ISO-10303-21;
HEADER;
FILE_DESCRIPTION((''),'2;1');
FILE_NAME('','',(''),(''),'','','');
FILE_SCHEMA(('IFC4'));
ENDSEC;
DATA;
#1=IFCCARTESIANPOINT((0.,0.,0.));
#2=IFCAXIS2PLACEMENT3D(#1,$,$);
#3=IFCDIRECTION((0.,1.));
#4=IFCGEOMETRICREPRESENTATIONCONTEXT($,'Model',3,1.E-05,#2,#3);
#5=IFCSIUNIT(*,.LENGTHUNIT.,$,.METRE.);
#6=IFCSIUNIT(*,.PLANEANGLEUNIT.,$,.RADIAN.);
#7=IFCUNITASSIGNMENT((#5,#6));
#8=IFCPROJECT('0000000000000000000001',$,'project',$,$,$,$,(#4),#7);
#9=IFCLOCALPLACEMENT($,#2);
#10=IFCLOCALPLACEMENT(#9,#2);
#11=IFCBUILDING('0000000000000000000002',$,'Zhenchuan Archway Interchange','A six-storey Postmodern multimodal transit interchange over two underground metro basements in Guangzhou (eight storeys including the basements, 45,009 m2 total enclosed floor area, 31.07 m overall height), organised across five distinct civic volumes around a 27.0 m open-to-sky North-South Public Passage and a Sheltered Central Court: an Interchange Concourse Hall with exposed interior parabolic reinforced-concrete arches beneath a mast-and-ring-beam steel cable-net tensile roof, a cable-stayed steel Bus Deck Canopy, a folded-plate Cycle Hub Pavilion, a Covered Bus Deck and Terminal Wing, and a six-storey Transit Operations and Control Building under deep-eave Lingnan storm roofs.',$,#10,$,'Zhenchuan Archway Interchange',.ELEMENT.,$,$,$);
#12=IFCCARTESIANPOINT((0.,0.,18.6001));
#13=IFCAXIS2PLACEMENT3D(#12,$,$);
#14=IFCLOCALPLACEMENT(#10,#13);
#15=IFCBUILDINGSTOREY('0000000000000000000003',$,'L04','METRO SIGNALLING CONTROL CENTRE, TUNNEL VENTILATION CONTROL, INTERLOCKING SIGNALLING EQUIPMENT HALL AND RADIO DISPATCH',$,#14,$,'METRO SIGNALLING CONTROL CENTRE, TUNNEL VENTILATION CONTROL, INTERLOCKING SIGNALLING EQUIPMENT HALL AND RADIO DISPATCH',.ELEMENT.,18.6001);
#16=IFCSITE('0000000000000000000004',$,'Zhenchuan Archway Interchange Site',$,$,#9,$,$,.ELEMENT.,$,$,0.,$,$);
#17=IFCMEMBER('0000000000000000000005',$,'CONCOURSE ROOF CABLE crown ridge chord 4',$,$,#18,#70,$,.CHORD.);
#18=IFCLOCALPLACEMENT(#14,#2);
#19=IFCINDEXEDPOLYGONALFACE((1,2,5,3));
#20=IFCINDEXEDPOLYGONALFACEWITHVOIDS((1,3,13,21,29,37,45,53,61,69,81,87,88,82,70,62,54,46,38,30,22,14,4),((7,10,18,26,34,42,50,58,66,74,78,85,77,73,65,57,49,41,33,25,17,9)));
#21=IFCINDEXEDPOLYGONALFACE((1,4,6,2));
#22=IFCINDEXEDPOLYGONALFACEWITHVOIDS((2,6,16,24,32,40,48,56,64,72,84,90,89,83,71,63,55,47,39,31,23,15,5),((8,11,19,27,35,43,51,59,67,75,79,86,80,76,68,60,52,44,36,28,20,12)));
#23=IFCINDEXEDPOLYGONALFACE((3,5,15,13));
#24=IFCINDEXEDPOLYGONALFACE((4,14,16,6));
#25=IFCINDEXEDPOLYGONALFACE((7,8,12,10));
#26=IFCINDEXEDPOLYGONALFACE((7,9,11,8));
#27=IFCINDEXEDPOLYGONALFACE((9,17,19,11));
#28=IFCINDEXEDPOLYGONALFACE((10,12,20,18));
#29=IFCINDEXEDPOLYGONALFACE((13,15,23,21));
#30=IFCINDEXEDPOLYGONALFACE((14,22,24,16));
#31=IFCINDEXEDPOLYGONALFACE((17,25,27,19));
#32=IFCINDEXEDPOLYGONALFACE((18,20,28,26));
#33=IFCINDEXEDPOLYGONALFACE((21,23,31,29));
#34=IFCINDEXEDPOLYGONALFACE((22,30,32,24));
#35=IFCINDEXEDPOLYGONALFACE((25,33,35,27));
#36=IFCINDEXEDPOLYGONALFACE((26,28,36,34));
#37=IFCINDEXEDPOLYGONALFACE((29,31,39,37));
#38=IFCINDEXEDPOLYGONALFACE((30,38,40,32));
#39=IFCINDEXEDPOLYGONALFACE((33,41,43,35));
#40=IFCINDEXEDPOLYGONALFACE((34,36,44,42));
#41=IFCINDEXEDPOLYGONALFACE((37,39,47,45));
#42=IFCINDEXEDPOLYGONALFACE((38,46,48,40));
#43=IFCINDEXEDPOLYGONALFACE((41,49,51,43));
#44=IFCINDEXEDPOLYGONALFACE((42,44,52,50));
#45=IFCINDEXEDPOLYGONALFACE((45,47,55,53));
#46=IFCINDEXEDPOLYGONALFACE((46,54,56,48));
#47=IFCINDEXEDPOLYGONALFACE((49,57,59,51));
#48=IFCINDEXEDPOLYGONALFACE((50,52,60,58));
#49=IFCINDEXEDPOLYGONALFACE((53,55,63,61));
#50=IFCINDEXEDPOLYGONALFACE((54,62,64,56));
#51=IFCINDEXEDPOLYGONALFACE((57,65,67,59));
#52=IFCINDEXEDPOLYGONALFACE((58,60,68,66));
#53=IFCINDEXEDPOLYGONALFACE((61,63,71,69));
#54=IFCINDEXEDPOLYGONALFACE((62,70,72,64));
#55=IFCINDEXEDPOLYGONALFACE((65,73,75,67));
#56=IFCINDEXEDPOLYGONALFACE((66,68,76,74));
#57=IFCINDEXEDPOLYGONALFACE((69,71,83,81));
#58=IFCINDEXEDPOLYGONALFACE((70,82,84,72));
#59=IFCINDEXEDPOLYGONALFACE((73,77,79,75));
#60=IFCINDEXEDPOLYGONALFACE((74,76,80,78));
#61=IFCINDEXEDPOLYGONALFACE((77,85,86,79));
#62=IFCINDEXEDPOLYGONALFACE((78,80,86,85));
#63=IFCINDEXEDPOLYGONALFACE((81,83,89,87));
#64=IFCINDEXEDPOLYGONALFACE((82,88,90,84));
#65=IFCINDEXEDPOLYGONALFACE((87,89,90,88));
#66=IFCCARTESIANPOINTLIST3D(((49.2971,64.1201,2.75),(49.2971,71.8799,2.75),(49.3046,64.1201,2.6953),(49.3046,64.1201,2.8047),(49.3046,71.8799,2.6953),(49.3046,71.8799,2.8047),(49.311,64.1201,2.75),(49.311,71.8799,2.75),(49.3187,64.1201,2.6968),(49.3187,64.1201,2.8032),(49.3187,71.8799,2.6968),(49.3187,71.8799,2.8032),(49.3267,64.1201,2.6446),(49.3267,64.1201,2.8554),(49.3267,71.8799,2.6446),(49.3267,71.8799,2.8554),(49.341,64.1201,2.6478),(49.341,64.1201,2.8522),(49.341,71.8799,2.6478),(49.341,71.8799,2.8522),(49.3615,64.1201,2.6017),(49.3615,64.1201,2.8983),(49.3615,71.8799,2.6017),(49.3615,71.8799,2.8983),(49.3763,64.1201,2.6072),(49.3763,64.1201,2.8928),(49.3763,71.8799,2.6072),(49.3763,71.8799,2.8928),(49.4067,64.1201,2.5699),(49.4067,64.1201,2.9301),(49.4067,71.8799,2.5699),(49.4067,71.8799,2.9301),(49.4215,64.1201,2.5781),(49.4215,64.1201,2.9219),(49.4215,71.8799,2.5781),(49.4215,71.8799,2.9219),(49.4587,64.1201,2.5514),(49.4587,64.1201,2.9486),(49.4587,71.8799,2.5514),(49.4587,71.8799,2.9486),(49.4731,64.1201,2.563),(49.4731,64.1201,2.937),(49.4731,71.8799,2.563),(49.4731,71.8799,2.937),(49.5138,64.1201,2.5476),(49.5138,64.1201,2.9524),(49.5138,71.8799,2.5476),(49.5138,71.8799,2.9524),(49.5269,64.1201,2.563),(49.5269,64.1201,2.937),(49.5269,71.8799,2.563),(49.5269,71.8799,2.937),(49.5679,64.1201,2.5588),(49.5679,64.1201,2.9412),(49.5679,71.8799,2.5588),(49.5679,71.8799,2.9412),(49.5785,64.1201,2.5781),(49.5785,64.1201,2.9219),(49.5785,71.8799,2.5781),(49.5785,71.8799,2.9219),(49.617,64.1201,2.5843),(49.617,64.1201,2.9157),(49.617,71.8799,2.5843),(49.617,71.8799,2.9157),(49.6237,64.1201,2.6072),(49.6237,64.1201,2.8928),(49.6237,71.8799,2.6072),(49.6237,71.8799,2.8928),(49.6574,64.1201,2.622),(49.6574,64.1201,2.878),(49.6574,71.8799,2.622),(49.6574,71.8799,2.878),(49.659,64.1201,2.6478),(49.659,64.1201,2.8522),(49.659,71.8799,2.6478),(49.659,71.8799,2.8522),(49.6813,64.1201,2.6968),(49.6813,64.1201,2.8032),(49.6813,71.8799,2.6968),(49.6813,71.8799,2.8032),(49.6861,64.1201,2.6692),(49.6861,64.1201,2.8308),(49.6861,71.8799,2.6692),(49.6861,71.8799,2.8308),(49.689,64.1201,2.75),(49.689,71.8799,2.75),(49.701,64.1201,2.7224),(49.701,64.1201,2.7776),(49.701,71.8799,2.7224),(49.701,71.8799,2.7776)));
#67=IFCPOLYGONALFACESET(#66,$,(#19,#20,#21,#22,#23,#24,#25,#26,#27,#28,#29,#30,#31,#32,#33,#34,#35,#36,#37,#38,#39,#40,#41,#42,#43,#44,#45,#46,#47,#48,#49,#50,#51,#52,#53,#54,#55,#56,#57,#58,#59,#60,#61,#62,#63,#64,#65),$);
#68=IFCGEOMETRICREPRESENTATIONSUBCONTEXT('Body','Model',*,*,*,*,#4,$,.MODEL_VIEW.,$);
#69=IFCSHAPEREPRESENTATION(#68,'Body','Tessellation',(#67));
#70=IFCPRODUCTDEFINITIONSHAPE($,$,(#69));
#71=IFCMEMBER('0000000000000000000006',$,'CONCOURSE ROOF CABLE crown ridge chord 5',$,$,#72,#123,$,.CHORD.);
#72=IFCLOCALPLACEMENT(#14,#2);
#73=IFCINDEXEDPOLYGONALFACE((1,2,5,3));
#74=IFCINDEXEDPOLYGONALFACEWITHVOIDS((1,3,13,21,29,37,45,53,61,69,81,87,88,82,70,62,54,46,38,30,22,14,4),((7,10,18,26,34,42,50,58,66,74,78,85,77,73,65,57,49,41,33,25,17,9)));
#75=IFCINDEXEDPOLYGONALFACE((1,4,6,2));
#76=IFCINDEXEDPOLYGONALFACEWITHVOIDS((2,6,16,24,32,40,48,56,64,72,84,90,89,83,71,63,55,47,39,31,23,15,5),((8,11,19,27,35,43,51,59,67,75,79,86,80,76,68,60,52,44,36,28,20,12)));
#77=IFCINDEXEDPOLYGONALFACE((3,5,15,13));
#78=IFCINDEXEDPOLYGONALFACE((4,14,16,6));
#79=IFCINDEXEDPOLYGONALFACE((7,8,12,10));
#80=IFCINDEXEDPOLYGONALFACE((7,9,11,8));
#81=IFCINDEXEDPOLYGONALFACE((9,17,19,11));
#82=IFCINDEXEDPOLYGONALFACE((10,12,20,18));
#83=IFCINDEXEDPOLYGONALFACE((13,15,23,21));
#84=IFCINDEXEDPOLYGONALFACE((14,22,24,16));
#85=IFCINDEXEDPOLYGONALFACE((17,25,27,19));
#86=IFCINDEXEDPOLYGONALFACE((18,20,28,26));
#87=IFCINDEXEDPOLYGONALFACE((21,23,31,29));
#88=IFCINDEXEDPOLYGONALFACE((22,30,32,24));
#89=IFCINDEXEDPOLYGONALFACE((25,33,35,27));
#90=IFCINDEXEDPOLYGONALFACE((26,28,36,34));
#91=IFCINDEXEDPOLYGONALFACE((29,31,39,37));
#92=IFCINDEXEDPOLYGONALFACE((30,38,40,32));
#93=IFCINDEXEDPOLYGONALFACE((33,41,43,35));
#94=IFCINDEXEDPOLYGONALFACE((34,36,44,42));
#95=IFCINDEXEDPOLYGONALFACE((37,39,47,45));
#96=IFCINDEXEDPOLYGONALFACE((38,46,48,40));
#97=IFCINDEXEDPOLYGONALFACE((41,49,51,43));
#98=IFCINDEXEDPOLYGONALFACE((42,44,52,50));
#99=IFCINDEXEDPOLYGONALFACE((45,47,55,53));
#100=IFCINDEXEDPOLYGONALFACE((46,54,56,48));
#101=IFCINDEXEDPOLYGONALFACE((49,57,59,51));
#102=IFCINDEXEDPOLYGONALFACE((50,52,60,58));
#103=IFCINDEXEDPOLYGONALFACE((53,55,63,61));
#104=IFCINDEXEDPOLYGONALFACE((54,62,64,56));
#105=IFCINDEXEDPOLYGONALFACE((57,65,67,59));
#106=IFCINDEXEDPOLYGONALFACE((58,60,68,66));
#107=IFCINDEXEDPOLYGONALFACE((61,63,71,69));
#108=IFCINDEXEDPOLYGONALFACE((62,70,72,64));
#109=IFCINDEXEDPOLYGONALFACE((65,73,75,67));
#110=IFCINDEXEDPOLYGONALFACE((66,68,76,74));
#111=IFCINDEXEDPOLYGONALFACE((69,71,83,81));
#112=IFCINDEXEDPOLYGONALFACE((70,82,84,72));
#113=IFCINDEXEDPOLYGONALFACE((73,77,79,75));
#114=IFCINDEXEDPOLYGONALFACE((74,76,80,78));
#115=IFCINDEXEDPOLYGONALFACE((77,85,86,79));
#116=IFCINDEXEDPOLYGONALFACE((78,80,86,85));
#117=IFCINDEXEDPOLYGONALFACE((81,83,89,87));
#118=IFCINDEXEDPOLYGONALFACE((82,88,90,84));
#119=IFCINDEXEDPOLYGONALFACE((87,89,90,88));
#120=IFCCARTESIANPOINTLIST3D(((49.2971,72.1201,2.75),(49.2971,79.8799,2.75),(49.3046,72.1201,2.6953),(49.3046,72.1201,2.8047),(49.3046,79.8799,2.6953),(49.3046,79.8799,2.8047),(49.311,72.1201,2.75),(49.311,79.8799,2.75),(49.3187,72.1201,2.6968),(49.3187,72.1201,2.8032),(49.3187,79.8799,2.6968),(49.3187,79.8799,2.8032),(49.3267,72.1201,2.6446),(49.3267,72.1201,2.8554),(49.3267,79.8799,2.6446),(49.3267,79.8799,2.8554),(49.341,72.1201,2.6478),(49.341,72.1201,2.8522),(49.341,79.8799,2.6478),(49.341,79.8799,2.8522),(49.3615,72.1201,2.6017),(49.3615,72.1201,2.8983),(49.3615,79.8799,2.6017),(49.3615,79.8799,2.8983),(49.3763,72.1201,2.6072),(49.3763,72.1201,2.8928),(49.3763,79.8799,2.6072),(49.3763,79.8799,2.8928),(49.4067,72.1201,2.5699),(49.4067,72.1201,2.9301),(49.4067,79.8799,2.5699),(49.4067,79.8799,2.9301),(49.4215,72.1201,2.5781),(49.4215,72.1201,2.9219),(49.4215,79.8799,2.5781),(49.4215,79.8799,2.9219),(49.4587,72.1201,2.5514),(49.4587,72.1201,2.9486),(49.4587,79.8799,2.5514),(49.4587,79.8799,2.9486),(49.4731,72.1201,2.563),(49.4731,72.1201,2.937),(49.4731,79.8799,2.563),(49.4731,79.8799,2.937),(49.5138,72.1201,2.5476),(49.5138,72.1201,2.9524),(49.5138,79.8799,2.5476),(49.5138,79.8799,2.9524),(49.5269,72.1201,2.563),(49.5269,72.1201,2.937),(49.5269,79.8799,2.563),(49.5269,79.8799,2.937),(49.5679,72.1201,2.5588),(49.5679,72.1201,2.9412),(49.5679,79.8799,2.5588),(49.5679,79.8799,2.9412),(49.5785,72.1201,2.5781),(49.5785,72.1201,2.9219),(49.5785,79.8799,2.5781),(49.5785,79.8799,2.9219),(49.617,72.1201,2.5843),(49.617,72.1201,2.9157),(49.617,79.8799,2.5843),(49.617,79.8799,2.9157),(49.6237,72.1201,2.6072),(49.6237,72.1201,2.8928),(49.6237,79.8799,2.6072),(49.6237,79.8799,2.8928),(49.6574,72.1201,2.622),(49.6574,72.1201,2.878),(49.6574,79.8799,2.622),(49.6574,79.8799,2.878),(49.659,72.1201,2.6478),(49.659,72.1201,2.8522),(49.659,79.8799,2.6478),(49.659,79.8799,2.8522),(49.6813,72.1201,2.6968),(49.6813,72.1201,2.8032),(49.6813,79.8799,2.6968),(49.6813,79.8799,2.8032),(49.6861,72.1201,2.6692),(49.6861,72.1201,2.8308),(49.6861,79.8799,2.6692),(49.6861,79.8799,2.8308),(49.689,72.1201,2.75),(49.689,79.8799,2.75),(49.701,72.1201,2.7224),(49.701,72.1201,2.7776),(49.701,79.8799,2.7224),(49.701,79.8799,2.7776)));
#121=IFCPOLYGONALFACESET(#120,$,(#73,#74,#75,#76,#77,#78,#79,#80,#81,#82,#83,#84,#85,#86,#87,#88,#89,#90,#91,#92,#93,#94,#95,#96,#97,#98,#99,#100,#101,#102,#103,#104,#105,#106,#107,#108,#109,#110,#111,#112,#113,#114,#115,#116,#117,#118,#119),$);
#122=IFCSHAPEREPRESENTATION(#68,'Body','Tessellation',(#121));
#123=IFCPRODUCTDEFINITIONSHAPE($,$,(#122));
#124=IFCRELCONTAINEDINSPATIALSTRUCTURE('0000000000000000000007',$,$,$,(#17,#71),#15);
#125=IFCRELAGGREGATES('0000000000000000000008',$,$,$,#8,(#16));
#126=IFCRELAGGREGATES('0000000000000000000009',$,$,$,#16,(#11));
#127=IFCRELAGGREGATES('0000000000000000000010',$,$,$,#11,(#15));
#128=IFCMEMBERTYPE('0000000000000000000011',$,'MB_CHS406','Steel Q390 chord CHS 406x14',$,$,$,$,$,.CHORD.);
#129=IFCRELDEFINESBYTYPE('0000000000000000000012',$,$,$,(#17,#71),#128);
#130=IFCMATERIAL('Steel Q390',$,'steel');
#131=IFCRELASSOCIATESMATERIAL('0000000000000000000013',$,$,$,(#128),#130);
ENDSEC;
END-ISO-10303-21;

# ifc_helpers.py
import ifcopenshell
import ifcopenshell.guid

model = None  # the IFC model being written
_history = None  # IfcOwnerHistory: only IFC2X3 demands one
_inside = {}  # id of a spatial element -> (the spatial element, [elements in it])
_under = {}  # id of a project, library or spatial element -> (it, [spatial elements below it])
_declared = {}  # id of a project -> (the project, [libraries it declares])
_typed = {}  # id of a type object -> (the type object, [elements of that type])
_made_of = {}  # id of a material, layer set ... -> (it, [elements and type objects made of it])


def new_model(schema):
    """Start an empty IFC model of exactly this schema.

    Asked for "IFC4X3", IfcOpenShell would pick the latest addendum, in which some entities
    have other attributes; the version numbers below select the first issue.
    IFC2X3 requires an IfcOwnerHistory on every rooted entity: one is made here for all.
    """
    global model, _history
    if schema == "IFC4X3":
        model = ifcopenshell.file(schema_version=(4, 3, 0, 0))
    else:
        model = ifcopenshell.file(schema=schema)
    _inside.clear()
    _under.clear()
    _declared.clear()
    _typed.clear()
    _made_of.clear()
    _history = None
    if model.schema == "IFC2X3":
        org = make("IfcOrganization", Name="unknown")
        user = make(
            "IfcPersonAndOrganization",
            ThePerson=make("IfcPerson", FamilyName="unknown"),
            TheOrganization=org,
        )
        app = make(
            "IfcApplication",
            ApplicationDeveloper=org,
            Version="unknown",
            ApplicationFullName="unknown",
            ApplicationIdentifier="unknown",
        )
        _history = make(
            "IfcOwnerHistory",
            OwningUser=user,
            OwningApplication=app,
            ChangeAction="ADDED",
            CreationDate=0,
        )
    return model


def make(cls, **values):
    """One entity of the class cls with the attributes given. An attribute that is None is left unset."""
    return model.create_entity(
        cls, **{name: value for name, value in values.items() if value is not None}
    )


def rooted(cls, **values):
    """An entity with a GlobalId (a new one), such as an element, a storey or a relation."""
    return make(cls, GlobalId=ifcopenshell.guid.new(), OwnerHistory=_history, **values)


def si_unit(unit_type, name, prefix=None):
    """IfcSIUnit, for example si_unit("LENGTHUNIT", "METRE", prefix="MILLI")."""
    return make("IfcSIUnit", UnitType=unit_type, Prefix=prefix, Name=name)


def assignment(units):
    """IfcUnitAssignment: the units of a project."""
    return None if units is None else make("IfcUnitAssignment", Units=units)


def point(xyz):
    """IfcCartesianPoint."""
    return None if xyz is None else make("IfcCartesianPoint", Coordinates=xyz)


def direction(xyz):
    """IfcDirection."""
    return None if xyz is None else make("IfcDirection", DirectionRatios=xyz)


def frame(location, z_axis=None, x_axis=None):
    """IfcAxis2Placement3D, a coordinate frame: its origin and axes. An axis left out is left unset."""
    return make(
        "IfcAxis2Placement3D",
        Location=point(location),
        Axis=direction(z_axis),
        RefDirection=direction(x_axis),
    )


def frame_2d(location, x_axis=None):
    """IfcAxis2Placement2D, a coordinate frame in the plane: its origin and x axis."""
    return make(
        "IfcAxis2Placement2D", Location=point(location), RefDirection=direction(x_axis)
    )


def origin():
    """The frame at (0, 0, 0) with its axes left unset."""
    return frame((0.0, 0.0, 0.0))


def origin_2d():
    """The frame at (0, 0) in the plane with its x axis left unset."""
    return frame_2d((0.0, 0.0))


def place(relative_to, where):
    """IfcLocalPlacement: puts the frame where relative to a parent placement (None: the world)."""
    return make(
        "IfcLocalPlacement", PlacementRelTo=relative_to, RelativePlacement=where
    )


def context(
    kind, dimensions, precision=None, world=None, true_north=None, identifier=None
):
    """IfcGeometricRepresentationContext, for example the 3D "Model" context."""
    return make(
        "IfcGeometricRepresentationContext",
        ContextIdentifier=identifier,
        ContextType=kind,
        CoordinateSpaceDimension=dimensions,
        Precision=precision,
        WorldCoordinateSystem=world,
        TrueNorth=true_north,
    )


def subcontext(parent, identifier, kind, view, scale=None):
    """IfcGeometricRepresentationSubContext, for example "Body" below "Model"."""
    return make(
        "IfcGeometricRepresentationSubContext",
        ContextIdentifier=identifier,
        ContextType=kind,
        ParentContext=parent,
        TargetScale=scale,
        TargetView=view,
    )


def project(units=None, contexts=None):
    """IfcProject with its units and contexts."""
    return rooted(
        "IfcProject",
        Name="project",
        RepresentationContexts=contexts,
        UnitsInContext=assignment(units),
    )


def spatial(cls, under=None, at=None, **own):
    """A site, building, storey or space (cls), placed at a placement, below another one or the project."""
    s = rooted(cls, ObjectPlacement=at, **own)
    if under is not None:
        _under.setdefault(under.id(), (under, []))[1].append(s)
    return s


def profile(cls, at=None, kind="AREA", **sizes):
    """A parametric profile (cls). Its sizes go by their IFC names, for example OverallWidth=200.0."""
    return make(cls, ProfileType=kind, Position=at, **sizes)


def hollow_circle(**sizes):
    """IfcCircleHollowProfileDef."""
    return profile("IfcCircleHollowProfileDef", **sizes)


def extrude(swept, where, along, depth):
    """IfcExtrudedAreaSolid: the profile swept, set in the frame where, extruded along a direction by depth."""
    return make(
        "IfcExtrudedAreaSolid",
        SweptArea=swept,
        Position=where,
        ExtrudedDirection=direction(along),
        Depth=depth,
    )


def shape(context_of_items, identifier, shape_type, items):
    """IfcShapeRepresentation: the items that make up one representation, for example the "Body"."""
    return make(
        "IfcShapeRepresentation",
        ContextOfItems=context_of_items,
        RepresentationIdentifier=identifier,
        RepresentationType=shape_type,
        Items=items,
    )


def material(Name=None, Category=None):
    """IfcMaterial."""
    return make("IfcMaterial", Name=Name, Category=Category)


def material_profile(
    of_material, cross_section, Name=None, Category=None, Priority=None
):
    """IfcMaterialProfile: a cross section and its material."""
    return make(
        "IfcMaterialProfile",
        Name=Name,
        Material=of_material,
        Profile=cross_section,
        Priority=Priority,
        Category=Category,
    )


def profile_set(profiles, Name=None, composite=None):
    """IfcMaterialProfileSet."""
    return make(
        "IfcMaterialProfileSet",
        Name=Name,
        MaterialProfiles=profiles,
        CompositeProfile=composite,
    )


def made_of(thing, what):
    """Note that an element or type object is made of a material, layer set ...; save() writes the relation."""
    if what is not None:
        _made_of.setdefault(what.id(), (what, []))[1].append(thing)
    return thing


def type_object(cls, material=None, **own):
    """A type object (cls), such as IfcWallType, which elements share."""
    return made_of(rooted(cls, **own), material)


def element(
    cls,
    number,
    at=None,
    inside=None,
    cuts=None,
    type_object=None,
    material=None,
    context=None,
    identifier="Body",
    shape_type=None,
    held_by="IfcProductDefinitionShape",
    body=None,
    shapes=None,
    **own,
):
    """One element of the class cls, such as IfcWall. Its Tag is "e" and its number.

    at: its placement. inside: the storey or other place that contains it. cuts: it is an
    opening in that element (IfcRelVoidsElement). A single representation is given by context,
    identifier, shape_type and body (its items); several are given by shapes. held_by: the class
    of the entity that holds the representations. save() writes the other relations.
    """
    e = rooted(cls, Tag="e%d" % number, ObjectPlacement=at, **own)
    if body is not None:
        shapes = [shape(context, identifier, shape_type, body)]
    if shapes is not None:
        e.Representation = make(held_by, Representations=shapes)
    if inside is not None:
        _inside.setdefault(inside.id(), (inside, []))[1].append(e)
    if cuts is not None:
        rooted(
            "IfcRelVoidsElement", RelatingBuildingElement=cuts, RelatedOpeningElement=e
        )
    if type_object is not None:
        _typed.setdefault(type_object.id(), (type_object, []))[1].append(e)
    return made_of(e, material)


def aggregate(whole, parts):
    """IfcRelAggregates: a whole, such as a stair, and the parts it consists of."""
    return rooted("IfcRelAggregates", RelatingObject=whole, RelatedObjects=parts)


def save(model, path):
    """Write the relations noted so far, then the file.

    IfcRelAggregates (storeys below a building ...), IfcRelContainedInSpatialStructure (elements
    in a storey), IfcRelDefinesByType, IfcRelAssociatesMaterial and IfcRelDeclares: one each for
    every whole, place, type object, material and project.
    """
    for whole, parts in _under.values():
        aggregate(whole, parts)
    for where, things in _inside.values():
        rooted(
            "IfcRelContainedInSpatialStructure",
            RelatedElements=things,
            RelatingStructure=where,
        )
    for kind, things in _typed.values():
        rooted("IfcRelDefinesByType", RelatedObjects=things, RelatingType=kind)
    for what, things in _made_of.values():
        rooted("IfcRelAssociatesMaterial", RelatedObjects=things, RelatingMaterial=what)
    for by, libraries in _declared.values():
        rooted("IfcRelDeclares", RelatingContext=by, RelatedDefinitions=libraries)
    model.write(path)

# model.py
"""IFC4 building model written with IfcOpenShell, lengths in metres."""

from ifc_helpers import new_model, si_unit, direction, frame, origin, origin_2d, place, context, subcontext, project, spatial, hollow_circle, extrude, material, material_profile, profile_set, type_object, element, save


model = new_model("IFC4")

# Units and contexts
model_context = context("Model", 3, precision=1e-05, world=origin(), true_north=direction((0.0, 1.0)))
body_context = subcontext(model_context, "Body", "Model", "MODEL_VIEW")
ifc_project = project(units=[si_unit("LENGTHUNIT", "METRE"), si_unit("PLANEANGLEUNIT", "RADIAN")], contexts=[model_context])

# Site, building, storey
site_placement = place(None, origin())
site = spatial("IfcSite", under=ifc_project, at=site_placement, Name="Zhenchuan Archway Interchange Site", CompositionType="ELEMENT", RefElevation=0.0)
building_placement = place(site_placement, origin())
building = spatial("IfcBuilding", under=site, at=building_placement, Name="Zhenchuan Archway Interchange", Description="A six-storey Postmodern multimodal transit interchange over two underground metro basements in Guangzhou (eight storeys including the basements, 45,009 m2 total enclosed floor area, 31.07 m overall height), organised across five distinct civic volumes around a 27.0 m open-to-sky North-South Public Passage and a Sheltered Central Court: an Interchange Concourse Hall with exposed interior parabolic reinforced-concrete arches beneath a mast-and-ring-beam steel cable-net tensile roof, a cable-stayed steel Bus Deck Canopy, a folded-plate Cycle Hub Pavilion, a Covered Bus Deck and Terminal Wing, and a six-storey Transit Operations and Control Building under deep-eave Lingnan storm roofs.", LongName="Zhenchuan Archway Interchange", CompositionType="ELEMENT")
storey_placement = place(building_placement, frame((0.0, 0.0, 18.6001)))
storey = spatial("IfcBuildingStorey", under=building, at=storey_placement, Name="L04", Description="METRO SIGNALLING CONTROL CENTRE, TUNNEL VENTILATION CONTROL, INTERLOCKING SIGNALLING EQUIPMENT HALL AND RADIO DISPATCH", LongName="METRO SIGNALLING CONTROL CENTRE, TUNNEL VENTILATION CONTROL, INTERLOCKING SIGNALLING EQUIPMENT HALL AND RADIO DISPATCH", CompositionType="ELEMENT", Elevation=18.6001)

# Shared definitions
ifc_material_1 = material(Name="Steel Q390", Category="steel")

# Members
ifc_material_profile_1 = material_profile(ifc_material_1, hollow_circle(Radius=0.2029, WallThickness=0.0139, at=origin_2d()), Name="CHS 406x14")
ifc_profile_set_1 = profile_set([ifc_material_profile_1], Name="Steel Q390")
member_type_1 = type_object("IfcMemberType", Name="MB_CHS406", Description="Steel Q390 chord CHS 406x14", PredefinedType="CHORD", material=ifc_profile_set_1)
for number, where, z_axis, x_axis, name in (
    (1, (49.5, 64.1201, 2.75), (0.0, 1.0, 0.0), (-1.0, 0.0, 0.0), "CONCOURSE ROOF CABLE crown ridge chord 4"),
    (2, (49.5, 72.1201, 2.75), (0.0, 1.0, 0.0), (-1.0, 0.0, 0.0), "CONCOURSE ROOF CABLE crown ridge chord 5"),
):
    element("IfcMember", number, at=place(storey_placement, frame(where, z_axis=z_axis, x_axis=x_axis)), inside=storey, type_object=member_type_1, Name=name, PredefinedType="CHORD", context=body_context, shape_type="SweptSolid", body=[
        extrude(hollow_circle(Radius=0.2029, WallThickness=0.0139, at=origin_2d()), origin(), (0.0, 0.0, 1.0), 7.7598),
    ])

save(model, "model.ifc")
